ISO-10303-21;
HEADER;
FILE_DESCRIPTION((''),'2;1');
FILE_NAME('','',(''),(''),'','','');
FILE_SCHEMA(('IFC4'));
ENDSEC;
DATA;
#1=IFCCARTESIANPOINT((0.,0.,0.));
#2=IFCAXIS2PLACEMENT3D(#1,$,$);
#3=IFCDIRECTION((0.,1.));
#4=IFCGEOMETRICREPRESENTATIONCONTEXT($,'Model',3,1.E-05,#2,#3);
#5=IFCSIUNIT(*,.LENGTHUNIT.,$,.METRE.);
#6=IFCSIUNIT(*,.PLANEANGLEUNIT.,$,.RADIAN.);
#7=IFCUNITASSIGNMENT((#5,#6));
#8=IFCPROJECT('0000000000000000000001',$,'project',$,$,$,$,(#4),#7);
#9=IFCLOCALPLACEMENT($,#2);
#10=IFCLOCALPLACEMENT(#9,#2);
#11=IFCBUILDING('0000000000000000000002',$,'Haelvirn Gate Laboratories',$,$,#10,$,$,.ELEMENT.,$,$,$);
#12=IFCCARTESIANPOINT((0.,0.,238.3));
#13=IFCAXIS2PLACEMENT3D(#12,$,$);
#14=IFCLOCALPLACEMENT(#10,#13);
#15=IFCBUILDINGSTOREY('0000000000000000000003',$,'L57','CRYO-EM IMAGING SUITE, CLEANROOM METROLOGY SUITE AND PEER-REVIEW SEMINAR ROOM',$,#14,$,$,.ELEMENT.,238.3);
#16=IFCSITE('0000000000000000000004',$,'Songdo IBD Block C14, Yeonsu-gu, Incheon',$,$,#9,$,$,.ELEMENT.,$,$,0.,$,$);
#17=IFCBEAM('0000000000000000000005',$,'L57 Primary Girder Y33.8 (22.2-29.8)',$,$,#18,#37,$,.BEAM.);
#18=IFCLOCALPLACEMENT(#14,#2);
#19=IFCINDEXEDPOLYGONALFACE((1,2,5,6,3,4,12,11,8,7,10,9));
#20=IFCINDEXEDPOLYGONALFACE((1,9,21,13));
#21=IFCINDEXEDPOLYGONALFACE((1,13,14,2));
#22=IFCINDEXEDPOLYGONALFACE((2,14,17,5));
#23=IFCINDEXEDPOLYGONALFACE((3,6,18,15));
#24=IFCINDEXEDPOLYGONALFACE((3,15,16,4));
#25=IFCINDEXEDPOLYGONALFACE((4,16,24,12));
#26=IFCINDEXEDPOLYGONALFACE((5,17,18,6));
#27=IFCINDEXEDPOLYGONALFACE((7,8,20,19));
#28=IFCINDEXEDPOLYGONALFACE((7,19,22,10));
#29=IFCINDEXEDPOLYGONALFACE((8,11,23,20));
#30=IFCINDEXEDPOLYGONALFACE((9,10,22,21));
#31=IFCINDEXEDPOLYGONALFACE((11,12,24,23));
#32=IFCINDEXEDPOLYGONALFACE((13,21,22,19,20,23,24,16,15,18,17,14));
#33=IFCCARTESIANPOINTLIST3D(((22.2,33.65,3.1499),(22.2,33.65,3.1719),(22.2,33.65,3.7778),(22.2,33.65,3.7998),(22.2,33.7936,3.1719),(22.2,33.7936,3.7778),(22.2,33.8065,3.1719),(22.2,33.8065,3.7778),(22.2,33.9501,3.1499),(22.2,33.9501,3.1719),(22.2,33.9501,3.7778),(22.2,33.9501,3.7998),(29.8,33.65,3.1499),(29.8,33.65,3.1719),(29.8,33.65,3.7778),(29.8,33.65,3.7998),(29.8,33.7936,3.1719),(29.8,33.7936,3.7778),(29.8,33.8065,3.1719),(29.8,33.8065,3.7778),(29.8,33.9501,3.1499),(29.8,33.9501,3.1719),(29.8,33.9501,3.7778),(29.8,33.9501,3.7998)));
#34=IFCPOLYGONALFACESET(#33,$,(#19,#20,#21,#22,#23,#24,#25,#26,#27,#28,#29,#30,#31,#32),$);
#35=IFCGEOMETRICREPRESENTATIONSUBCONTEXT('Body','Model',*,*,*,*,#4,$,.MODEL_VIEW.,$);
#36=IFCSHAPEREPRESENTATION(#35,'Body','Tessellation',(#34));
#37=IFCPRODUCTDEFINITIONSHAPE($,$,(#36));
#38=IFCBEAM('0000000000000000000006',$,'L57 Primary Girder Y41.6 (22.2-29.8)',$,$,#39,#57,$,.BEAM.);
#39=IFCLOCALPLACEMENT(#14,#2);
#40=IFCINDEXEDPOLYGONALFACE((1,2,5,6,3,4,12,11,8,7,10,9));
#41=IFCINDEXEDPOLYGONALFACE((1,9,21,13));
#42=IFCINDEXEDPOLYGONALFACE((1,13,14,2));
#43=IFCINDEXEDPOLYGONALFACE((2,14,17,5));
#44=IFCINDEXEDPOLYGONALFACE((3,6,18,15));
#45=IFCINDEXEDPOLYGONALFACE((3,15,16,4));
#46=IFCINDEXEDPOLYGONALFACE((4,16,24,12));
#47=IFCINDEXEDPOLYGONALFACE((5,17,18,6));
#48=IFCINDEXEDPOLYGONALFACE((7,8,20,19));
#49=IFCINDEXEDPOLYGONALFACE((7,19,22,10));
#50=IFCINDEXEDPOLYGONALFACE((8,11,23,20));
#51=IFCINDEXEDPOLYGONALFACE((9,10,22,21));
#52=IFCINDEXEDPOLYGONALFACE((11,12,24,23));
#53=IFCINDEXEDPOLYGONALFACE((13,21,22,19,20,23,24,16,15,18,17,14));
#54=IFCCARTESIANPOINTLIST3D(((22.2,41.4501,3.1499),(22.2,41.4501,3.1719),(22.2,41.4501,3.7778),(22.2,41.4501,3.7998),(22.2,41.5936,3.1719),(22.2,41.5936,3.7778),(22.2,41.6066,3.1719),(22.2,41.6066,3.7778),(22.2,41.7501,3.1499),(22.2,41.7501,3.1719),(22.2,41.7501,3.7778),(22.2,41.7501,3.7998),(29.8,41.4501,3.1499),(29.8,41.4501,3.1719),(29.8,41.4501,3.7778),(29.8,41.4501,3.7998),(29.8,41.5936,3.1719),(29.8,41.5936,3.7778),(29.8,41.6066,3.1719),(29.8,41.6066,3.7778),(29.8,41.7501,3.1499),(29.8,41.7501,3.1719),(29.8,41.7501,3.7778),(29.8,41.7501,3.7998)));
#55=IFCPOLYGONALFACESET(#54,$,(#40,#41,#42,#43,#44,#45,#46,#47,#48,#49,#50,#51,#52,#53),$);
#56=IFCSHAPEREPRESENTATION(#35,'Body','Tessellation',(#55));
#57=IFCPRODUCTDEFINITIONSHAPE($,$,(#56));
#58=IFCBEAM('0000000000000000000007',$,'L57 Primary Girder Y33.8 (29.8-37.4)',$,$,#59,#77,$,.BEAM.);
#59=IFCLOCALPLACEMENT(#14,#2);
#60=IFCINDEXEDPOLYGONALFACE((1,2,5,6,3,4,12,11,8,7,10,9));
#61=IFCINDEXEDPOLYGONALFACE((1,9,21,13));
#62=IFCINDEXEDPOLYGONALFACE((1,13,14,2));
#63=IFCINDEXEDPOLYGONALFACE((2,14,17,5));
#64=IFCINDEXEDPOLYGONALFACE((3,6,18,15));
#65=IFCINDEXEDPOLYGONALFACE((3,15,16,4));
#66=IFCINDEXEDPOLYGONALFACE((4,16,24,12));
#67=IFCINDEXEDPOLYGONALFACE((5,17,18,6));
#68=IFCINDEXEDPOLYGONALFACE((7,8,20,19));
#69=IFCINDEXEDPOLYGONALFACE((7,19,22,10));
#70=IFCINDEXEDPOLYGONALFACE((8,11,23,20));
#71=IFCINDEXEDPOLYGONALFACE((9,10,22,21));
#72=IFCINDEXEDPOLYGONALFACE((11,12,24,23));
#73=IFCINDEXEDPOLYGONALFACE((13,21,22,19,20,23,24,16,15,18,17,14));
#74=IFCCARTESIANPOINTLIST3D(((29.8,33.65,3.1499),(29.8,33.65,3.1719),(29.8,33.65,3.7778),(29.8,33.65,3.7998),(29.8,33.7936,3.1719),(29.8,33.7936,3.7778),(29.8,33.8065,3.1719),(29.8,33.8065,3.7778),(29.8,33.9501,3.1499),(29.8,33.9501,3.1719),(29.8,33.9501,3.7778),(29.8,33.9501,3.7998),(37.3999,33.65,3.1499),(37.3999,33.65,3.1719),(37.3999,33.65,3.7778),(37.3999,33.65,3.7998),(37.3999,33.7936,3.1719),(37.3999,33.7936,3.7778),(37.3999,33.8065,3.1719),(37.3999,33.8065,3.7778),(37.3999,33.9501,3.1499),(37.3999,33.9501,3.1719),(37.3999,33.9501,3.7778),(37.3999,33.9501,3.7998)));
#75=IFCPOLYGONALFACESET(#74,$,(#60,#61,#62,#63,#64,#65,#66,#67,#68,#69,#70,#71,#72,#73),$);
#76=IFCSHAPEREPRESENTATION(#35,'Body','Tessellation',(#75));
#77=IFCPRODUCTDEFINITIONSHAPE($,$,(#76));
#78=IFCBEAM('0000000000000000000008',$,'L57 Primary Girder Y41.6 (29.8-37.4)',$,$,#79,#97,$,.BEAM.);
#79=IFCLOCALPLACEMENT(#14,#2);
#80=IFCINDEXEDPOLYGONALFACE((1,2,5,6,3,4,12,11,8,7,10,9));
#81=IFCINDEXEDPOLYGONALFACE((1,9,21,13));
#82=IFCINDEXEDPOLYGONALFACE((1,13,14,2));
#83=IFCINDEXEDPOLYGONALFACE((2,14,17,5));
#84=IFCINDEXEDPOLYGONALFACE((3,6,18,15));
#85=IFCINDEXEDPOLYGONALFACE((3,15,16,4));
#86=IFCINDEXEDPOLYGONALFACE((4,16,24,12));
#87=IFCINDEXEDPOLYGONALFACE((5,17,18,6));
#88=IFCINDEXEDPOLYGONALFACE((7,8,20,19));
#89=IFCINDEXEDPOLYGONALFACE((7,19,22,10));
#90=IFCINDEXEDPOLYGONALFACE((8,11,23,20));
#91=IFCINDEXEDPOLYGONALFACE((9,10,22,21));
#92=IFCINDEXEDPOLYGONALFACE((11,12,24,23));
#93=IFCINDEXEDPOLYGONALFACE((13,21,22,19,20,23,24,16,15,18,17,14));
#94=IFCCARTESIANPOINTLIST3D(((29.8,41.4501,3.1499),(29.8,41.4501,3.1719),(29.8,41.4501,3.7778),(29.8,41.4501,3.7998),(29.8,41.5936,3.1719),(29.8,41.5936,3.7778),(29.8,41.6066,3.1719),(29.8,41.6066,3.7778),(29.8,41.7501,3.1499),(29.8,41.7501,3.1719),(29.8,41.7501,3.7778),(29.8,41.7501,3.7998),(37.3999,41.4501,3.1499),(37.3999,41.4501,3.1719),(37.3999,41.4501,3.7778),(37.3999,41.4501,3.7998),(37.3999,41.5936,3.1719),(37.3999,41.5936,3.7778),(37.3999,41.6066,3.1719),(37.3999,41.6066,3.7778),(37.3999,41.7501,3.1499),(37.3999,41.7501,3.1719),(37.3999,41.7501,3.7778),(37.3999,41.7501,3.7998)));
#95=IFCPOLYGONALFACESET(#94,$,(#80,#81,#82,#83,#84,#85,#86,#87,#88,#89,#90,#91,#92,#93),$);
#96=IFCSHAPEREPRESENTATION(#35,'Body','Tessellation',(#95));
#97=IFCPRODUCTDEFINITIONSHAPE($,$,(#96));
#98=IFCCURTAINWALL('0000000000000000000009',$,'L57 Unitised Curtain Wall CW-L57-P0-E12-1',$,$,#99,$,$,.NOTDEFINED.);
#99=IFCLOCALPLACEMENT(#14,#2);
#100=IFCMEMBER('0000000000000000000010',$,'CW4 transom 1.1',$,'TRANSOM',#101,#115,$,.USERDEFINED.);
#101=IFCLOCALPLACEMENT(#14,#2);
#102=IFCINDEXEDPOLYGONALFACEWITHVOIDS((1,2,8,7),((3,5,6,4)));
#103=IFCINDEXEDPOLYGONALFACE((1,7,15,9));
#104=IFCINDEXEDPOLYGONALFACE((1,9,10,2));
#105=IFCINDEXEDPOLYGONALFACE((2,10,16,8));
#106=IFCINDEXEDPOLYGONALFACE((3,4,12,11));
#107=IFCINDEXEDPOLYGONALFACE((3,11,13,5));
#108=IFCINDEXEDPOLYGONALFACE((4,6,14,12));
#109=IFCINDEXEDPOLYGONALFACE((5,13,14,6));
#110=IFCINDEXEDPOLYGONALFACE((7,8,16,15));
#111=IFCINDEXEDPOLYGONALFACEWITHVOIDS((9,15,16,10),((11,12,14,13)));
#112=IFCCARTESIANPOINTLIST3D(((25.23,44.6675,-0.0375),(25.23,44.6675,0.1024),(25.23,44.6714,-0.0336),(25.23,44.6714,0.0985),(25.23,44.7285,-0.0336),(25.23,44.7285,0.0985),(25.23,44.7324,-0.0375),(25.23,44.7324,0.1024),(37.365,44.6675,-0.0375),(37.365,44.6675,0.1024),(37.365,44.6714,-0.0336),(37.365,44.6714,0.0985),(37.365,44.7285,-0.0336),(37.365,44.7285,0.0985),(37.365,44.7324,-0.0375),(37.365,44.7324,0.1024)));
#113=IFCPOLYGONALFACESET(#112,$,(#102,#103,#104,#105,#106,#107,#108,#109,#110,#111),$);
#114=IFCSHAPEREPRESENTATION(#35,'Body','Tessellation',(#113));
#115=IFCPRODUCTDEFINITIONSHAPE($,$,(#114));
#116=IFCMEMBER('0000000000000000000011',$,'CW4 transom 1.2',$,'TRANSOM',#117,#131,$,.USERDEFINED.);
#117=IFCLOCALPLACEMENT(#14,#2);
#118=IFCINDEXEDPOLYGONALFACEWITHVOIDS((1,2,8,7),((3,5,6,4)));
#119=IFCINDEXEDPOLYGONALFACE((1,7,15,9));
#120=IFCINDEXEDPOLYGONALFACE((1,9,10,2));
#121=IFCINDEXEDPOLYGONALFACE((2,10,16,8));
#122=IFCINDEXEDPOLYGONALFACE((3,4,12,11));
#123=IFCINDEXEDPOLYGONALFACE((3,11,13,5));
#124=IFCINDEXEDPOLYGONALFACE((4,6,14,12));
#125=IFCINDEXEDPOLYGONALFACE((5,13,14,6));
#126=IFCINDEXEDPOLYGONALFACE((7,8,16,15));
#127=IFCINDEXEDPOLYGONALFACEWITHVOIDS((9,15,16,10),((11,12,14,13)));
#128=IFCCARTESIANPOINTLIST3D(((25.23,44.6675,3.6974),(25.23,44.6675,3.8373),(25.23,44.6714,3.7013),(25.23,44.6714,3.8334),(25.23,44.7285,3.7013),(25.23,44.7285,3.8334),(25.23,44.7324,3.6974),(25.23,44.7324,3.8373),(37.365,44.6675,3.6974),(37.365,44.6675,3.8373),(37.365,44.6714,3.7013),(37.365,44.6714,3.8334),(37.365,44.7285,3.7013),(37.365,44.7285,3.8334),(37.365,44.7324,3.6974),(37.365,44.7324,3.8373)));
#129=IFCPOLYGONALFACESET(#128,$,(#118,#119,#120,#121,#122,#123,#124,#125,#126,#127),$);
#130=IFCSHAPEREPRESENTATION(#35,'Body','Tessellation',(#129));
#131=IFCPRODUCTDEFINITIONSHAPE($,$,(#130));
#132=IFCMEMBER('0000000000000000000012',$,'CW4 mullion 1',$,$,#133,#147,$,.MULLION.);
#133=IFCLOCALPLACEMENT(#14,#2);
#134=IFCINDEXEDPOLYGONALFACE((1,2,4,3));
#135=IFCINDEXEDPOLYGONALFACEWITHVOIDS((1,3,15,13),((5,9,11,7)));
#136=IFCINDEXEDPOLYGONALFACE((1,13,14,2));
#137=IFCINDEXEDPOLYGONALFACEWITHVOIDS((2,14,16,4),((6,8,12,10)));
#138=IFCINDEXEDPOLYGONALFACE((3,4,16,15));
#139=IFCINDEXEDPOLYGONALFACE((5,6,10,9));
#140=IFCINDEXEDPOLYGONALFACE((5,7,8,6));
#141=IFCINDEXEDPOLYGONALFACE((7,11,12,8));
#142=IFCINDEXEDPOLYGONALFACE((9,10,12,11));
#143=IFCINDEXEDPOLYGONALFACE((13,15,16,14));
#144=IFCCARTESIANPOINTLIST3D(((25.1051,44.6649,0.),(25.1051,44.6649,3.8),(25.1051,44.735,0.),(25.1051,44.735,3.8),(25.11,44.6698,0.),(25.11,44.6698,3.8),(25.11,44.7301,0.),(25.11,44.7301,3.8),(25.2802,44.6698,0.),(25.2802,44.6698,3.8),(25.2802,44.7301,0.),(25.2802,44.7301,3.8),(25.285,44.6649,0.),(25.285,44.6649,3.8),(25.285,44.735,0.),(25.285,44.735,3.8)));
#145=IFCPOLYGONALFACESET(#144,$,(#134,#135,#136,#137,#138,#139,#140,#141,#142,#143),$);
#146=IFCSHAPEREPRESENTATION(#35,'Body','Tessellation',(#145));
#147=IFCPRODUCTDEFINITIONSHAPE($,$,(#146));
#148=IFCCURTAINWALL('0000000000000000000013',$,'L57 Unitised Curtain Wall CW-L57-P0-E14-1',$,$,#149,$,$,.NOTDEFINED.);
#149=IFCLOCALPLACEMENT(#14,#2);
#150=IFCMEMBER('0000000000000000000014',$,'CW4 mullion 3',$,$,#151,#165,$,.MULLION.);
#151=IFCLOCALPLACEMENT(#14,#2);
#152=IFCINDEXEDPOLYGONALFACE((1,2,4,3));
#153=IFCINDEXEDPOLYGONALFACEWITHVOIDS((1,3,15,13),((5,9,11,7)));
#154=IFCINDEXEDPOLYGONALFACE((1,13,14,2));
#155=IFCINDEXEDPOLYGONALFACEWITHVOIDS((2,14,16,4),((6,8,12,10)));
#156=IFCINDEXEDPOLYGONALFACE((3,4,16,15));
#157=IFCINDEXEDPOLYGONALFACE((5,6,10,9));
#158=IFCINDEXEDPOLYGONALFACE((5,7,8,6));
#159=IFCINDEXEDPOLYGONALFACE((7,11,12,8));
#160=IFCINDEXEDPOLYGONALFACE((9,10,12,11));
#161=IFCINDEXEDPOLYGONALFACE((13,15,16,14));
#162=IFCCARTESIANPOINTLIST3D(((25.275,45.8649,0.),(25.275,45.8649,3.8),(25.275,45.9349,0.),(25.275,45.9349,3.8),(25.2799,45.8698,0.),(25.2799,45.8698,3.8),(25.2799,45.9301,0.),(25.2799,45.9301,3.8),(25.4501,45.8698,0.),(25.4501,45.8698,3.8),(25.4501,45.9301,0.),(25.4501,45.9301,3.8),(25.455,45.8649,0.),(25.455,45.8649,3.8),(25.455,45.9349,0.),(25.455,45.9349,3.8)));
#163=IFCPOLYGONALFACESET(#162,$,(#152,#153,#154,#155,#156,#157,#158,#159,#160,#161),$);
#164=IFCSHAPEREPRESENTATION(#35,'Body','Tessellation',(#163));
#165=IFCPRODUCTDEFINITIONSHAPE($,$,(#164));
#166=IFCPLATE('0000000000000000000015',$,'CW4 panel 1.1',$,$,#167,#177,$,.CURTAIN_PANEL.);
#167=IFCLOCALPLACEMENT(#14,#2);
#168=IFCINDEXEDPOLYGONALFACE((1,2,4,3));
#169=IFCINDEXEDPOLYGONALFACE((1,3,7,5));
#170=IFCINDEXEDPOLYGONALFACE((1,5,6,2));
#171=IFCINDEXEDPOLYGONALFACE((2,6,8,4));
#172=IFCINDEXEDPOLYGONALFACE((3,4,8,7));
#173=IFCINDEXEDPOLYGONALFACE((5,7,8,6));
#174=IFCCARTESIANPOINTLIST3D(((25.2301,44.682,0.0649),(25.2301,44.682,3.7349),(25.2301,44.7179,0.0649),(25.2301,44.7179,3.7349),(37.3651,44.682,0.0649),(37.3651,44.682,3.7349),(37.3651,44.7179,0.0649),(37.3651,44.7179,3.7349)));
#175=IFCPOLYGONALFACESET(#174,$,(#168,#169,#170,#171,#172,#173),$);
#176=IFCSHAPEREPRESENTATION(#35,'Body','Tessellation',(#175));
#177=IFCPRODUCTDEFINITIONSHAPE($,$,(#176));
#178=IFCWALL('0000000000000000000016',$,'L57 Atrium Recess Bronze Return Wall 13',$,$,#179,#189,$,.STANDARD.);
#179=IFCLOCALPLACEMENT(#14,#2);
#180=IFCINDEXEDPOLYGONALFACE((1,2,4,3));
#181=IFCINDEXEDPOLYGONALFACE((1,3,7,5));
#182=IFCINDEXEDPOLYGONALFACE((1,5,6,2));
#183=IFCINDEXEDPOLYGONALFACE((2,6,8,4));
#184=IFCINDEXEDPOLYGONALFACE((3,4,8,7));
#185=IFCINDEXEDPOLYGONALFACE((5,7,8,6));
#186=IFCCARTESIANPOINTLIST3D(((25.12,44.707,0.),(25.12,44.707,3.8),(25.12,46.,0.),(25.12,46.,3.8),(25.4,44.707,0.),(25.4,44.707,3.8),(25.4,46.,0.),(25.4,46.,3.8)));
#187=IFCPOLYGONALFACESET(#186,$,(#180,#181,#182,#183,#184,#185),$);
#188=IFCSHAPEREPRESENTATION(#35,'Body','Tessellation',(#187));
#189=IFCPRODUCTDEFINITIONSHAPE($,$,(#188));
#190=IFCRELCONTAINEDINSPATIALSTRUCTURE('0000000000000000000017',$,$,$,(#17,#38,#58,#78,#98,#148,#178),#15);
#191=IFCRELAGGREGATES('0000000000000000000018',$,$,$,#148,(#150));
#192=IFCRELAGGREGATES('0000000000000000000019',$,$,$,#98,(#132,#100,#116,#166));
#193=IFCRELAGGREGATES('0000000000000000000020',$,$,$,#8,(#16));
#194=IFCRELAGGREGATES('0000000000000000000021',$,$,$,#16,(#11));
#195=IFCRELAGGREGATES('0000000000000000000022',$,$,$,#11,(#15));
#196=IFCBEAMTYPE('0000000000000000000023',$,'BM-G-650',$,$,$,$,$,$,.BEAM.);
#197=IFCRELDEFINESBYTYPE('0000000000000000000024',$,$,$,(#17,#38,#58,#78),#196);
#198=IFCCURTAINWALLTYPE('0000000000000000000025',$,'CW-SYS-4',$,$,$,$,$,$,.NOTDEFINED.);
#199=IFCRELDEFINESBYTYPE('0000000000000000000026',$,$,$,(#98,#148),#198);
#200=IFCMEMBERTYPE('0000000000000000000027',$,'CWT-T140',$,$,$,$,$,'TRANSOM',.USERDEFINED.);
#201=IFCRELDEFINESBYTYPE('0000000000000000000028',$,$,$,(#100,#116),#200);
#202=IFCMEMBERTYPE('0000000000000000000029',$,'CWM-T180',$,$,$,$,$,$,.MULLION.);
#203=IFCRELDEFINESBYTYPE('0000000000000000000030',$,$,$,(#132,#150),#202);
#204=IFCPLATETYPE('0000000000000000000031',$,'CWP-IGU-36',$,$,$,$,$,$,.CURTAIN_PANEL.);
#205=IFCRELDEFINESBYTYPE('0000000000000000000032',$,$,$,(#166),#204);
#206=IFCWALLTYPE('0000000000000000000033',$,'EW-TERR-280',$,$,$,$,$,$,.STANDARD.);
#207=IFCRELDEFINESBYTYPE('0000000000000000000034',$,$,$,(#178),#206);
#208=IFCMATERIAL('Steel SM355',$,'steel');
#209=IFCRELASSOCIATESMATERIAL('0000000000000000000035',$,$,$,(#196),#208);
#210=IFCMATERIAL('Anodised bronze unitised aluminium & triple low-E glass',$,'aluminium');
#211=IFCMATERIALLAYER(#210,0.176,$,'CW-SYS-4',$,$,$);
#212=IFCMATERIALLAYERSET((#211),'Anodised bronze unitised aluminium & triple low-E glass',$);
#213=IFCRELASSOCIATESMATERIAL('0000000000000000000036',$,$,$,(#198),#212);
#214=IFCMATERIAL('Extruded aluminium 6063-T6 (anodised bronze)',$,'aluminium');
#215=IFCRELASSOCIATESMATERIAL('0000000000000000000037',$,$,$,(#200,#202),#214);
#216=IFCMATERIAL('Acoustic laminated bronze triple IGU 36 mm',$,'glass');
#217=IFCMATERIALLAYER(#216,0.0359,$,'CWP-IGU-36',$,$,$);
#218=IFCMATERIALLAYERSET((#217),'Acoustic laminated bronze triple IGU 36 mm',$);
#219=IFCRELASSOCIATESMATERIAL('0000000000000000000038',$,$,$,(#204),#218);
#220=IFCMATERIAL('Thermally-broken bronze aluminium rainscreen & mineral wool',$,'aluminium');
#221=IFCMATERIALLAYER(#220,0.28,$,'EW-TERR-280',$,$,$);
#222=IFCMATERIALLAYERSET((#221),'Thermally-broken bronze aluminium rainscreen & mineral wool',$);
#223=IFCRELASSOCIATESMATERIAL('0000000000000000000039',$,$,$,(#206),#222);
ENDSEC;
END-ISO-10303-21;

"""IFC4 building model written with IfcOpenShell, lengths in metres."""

from ifc_helpers import new_model, si_unit, direction, frame, frame_2d, origin, origin_2d, place, context, subcontext, project, spatial, rectangle, hollow_rectangle, i_section, extrude, source, transform, mapped, material, layer, layer_set, material_profile, profile_set, type_object, type_shapes, element, aggregate, save


model = new_model("IFC4")

# Units and contexts
model_context = context("Model", 3, precision=1e-05, world=origin(), true_north=direction((0.0, 1.0)))
body_context = subcontext(model_context, "Body", "Model", "MODEL_VIEW")
ifc_project = project(units=[si_unit("LENGTHUNIT", "METRE"), si_unit("PLANEANGLEUNIT", "RADIAN")], contexts=[model_context])

# Site, building, storey
site_placement = place(None, origin())
site = spatial("IfcSite", under=ifc_project, at=site_placement, Name="Songdo IBD Block C14, Yeonsu-gu, Incheon", CompositionType="ELEMENT", RefElevation=0.0)
building_placement = place(site_placement, origin())
building = spatial("IfcBuilding", under=site, at=building_placement, Name="Haelvirn Gate Laboratories", CompositionType="ELEMENT")
storey_placement = place(building_placement, frame((0.0, 0.0, 238.3)))
storey = spatial("IfcBuildingStorey", under=building, at=storey_placement, Name="L57", Description="CRYO-EM IMAGING SUITE, CLEANROOM METROLOGY SUITE AND PEER-REVIEW SEMINAR ROOM", CompositionType="ELEMENT", Elevation=238.3)

# Shared definitions
ifc_material_1 = material(Name="Steel SM355", Category="steel")

# Beams
ifc_material_profile_1 = material_profile(ifc_material_1, i_section(OverallWidth=0.3, OverallDepth=0.6499, WebThickness=0.0129, FlangeThickness=0.022, at=origin_2d()), Name="H-650x300x13x22")
ifc_profile_set_1 = profile_set([ifc_material_profile_1], Name="Steel SM355")
beam_type_1 = type_object("IfcBeamType", Name="BM-G-650", PredefinedType="BEAM", material=ifc_profile_set_1)
shared_shape_1 = source(origin(), body_context, "Body", "SweptSolid", [
    extrude(i_section(OverallWidth=0.3, OverallDepth=0.6499, WebThickness=0.0129, FlangeThickness=0.022, at=origin_2d()), origin(), (0.0, 0.0, 1.0), 7.6001),
])
for number, where, z_axis, x_axis, name in (
    (1, (22.2, 33.8, 3.4749), (1.0, 0.0, 0.0), (0.0, 1.0, 0.0), "L57 Primary Girder Y33.8 (22.2-29.8)"),
    (2, (22.2, 41.6001, 3.4749), (1.0, 0.0, 0.0), (0.0, 1.0, 0.0), "L57 Primary Girder Y41.6 (22.2-29.8)"),
):
    element("IfcBeam", number, at=place(storey_placement, frame(where, z_axis=z_axis, x_axis=x_axis)), inside=storey, type_object=beam_type_1, Name=name, PredefinedType="BEAM", context=body_context, shape_type="MappedRepresentation", body=[
        mapped(shared_shape_1, transform((0.0, 0.0, 0.0), scale=1.0)),
    ])
shared_shape_2 = source(origin(), body_context, "Body", "SweptSolid", [
    extrude(i_section(OverallWidth=0.3, OverallDepth=0.6499, WebThickness=0.0129, FlangeThickness=0.022, at=origin_2d()), origin(), (0.0, 0.0, 1.0), 7.5999),
])
type_shapes(beam_type_1, [shared_shape_1, shared_shape_2])
for number, where, z_axis, x_axis, name in (
    (3, (29.8, 33.8, 3.4749), (1.0, 0.0, 0.0), (0.0, 1.0, 0.0), "L57 Primary Girder Y33.8 (29.8-37.4)"),
    (4, (29.8, 41.6001, 3.4749), (1.0, 0.0, 0.0), (0.0, 1.0, 0.0), "L57 Primary Girder Y41.6 (29.8-37.4)"),
):
    element("IfcBeam", number, at=place(storey_placement, frame(where, z_axis=z_axis, x_axis=x_axis)), inside=storey, type_object=beam_type_1, Name=name, PredefinedType="BEAM", context=body_context, shape_type="MappedRepresentation", body=[
        mapped(shared_shape_2, transform((0.0, 0.0, 0.0), scale=1.0)),
    ])

# Curtain wall, members
ifc_material_2 = material(Name="Anodised bronze unitised aluminium & triple low-E glass", Category="aluminium")
ifc_layer_1 = layer(ifc_material_2, 0.176, Name="CW-SYS-4")
ifc_layer_set_1 = layer_set([ifc_layer_1], Name="Anodised bronze unitised aluminium & triple low-E glass")
curtain_wall_type = type_object("IfcCurtainWallType", Name="CW-SYS-4", PredefinedType="NOTDEFINED", material=ifc_layer_set_1)
curtain_wall_1_placement = place(storey_placement, origin())
curtain_wall_1 = element("IfcCurtainWall", 5, at=curtain_wall_1_placement, inside=storey, type_object=curtain_wall_type, Name="L57 Unitised Curtain Wall CW-L57-P0-E12-1", PredefinedType="NOTDEFINED")
ifc_material_3 = material(Name="Extruded aluminium 6063-T6 (anodised bronze)", Category="aluminium")
ifc_material_profile_2 = material_profile(ifc_material_3, hollow_rectangle(XDim=0.0649, YDim=0.1399, WallThickness=0.0039, at=origin_2d()), Name="CWT-140x65x4")
ifc_profile_set_2 = profile_set([ifc_material_profile_2], Name="Extruded aluminium 6063-T6 (anodised bronze)")
member_type_1 = type_object("IfcMemberType", Name="CWT-T140", ElementType="TRANSOM", PredefinedType="USERDEFINED", material=ifc_profile_set_2)
shared_shape_3 = source(origin(), body_context, "Body", "SweptSolid", [
    extrude(hollow_rectangle(XDim=0.0649, YDim=0.1399, WallThickness=0.0039, at=origin_2d()), origin(), (0.0, 0.0, 1.0), 12.135),
])
type_shapes(member_type_1, [shared_shape_3])
member_1_placement = place(storey_placement, frame((25.23, 44.7, 0.0325), z_axis=(1.0, 0.0, 0.0), x_axis=(0.0, 1.0, 0.0)))
member_1 = element("IfcMember", 6, at=member_1_placement, type_object=member_type_1, Name="CW4 transom 1.1", ObjectType="TRANSOM", PredefinedType="USERDEFINED", context=body_context, shape_type="MappedRepresentation", body=[
    mapped(shared_shape_3, transform((0.0, 0.0, 0.0), scale=1.0)),
])
member_2_placement = place(storey_placement, frame((25.23, 44.7, 3.7673), z_axis=(1.0, 0.0, 0.0), x_axis=(0.0, 1.0, 0.0)))
member_2 = element("IfcMember", 7, at=member_2_placement, type_object=member_type_1, Name="CW4 transom 1.2", ObjectType="TRANSOM", PredefinedType="USERDEFINED", context=body_context, shape_type="MappedRepresentation", body=[
    mapped(shared_shape_3, transform((0.0, 0.0, 0.0), scale=1.0)),
])
ifc_material_profile_3 = material_profile(ifc_material_3, hollow_rectangle(XDim=0.0701, YDim=0.1799, WallThickness=0.0049, at=origin_2d()), Name="CWM-180x70x5")
ifc_profile_set_3 = profile_set([ifc_material_profile_3], Name="Extruded aluminium 6063-T6 (anodised bronze)")
member_type_2 = type_object("IfcMemberType", Name="CWM-T180", PredefinedType="MULLION", material=ifc_profile_set_3)
shared_shape_4 = source(origin(), body_context, "Body", "SweptSolid", [
    extrude(hollow_rectangle(XDim=0.0701, YDim=0.1799, WallThickness=0.0049, at=origin_2d()), origin(), (0.0, 0.0, 1.0), 3.8),
])
type_shapes(member_type_2, [shared_shape_4])
member_3_placement = place(storey_placement, frame((25.1951, 44.7, 0.0), z_axis=(0.0, 0.0, 1.0), x_axis=(0.0, 1.0, 0.0)))
member_3 = element("IfcMember", 8, at=member_3_placement, type_object=member_type_2, Name="CW4 mullion 1", PredefinedType="MULLION", context=body_context, shape_type="MappedRepresentation", body=[
    mapped(shared_shape_4, transform((0.0, 0.0, 0.0), scale=1.0)),
])

# Curtain wall, member
curtain_wall_2_placement = place(storey_placement, origin())
curtain_wall_2 = element("IfcCurtainWall", 9, at=curtain_wall_2_placement, inside=storey, type_object=curtain_wall_type, Name="L57 Unitised Curtain Wall CW-L57-P0-E14-1", PredefinedType="NOTDEFINED")
member_4_placement = place(storey_placement, frame((25.365, 45.8999, 0.0), z_axis=(0.0, 0.0, 1.0), x_axis=(0.0, 1.0, 0.0)))
member_4 = element("IfcMember", 10, at=member_4_placement, type_object=member_type_2, Name="CW4 mullion 3", PredefinedType="MULLION", context=body_context, shape_type="MappedRepresentation", body=[
    mapped(shared_shape_4, transform((0.0, 0.0, 0.0), scale=1.0)),
])
aggregate(curtain_wall_2, [member_4])

# Plate
ifc_material_4 = material(Name="Acoustic laminated bronze triple IGU 36 mm", Category="glass")
ifc_layer_2 = layer(ifc_material_4, 0.0359, Name="CWP-IGU-36")
ifc_layer_set_2 = layer_set([ifc_layer_2], Name="Acoustic laminated bronze triple IGU 36 mm")
plate_type = type_object("IfcPlateType", Name="CWP-IGU-36", PredefinedType="CURTAIN_PANEL", material=ifc_layer_set_2)
shared_shape_5 = source(origin(), body_context, "Body", "SweptSolid", [
    extrude(rectangle(XDim=12.135, YDim=0.0359, at=origin_2d()), origin(), (0.0, 0.0, 1.0), 3.6699),
])
type_shapes(plate_type, [shared_shape_5])
plate_placement = place(storey_placement, frame((31.2976, 44.7, 0.0649), z_axis=(0.0, 0.0, 1.0), x_axis=(1.0, 0.0, 0.0)))
plate = element("IfcPlate", 11, at=plate_placement, type_object=plate_type, Name="CW4 panel 1.1", PredefinedType="CURTAIN_PANEL", context=body_context, shape_type="MappedRepresentation", body=[
    mapped(shared_shape_5, transform((0.0, 0.0, 0.0), scale=1.0)),
])
aggregate(curtain_wall_1, [member_3, member_1, member_2, plate])

# Wall
ifc_material_5 = material(Name="Thermally-broken bronze aluminium rainscreen & mineral wool", Category="aluminium")
ifc_layer_3 = layer(ifc_material_5, 0.28, Name="EW-TERR-280")
ifc_layer_set_3 = layer_set([ifc_layer_3], Name="Thermally-broken bronze aluminium rainscreen & mineral wool")
wall_type_1 = type_object("IfcWallType", Name="EW-TERR-280", PredefinedType="STANDARD", material=ifc_layer_set_3)
wall_1_placement = place(storey_placement, frame((25.26, 44.707, 0.0), z_axis=(0.0, 0.0, 1.0), x_axis=(0.0, 1.0, 0.0)))
element("IfcWall", 12, at=wall_1_placement, inside=storey, type_object=wall_type_1, Name="L57 Atrium Recess Bronze Return Wall 13", PredefinedType="STANDARD", context=body_context, shape_type="SweptSolid", body=[
    extrude(rectangle(XDim=1.293, YDim=0.28, at=frame_2d((0.6465, 0.0))), origin(), (0.0, 0.0, 1.0), 3.8),
])

save(model, "model.ifc")
